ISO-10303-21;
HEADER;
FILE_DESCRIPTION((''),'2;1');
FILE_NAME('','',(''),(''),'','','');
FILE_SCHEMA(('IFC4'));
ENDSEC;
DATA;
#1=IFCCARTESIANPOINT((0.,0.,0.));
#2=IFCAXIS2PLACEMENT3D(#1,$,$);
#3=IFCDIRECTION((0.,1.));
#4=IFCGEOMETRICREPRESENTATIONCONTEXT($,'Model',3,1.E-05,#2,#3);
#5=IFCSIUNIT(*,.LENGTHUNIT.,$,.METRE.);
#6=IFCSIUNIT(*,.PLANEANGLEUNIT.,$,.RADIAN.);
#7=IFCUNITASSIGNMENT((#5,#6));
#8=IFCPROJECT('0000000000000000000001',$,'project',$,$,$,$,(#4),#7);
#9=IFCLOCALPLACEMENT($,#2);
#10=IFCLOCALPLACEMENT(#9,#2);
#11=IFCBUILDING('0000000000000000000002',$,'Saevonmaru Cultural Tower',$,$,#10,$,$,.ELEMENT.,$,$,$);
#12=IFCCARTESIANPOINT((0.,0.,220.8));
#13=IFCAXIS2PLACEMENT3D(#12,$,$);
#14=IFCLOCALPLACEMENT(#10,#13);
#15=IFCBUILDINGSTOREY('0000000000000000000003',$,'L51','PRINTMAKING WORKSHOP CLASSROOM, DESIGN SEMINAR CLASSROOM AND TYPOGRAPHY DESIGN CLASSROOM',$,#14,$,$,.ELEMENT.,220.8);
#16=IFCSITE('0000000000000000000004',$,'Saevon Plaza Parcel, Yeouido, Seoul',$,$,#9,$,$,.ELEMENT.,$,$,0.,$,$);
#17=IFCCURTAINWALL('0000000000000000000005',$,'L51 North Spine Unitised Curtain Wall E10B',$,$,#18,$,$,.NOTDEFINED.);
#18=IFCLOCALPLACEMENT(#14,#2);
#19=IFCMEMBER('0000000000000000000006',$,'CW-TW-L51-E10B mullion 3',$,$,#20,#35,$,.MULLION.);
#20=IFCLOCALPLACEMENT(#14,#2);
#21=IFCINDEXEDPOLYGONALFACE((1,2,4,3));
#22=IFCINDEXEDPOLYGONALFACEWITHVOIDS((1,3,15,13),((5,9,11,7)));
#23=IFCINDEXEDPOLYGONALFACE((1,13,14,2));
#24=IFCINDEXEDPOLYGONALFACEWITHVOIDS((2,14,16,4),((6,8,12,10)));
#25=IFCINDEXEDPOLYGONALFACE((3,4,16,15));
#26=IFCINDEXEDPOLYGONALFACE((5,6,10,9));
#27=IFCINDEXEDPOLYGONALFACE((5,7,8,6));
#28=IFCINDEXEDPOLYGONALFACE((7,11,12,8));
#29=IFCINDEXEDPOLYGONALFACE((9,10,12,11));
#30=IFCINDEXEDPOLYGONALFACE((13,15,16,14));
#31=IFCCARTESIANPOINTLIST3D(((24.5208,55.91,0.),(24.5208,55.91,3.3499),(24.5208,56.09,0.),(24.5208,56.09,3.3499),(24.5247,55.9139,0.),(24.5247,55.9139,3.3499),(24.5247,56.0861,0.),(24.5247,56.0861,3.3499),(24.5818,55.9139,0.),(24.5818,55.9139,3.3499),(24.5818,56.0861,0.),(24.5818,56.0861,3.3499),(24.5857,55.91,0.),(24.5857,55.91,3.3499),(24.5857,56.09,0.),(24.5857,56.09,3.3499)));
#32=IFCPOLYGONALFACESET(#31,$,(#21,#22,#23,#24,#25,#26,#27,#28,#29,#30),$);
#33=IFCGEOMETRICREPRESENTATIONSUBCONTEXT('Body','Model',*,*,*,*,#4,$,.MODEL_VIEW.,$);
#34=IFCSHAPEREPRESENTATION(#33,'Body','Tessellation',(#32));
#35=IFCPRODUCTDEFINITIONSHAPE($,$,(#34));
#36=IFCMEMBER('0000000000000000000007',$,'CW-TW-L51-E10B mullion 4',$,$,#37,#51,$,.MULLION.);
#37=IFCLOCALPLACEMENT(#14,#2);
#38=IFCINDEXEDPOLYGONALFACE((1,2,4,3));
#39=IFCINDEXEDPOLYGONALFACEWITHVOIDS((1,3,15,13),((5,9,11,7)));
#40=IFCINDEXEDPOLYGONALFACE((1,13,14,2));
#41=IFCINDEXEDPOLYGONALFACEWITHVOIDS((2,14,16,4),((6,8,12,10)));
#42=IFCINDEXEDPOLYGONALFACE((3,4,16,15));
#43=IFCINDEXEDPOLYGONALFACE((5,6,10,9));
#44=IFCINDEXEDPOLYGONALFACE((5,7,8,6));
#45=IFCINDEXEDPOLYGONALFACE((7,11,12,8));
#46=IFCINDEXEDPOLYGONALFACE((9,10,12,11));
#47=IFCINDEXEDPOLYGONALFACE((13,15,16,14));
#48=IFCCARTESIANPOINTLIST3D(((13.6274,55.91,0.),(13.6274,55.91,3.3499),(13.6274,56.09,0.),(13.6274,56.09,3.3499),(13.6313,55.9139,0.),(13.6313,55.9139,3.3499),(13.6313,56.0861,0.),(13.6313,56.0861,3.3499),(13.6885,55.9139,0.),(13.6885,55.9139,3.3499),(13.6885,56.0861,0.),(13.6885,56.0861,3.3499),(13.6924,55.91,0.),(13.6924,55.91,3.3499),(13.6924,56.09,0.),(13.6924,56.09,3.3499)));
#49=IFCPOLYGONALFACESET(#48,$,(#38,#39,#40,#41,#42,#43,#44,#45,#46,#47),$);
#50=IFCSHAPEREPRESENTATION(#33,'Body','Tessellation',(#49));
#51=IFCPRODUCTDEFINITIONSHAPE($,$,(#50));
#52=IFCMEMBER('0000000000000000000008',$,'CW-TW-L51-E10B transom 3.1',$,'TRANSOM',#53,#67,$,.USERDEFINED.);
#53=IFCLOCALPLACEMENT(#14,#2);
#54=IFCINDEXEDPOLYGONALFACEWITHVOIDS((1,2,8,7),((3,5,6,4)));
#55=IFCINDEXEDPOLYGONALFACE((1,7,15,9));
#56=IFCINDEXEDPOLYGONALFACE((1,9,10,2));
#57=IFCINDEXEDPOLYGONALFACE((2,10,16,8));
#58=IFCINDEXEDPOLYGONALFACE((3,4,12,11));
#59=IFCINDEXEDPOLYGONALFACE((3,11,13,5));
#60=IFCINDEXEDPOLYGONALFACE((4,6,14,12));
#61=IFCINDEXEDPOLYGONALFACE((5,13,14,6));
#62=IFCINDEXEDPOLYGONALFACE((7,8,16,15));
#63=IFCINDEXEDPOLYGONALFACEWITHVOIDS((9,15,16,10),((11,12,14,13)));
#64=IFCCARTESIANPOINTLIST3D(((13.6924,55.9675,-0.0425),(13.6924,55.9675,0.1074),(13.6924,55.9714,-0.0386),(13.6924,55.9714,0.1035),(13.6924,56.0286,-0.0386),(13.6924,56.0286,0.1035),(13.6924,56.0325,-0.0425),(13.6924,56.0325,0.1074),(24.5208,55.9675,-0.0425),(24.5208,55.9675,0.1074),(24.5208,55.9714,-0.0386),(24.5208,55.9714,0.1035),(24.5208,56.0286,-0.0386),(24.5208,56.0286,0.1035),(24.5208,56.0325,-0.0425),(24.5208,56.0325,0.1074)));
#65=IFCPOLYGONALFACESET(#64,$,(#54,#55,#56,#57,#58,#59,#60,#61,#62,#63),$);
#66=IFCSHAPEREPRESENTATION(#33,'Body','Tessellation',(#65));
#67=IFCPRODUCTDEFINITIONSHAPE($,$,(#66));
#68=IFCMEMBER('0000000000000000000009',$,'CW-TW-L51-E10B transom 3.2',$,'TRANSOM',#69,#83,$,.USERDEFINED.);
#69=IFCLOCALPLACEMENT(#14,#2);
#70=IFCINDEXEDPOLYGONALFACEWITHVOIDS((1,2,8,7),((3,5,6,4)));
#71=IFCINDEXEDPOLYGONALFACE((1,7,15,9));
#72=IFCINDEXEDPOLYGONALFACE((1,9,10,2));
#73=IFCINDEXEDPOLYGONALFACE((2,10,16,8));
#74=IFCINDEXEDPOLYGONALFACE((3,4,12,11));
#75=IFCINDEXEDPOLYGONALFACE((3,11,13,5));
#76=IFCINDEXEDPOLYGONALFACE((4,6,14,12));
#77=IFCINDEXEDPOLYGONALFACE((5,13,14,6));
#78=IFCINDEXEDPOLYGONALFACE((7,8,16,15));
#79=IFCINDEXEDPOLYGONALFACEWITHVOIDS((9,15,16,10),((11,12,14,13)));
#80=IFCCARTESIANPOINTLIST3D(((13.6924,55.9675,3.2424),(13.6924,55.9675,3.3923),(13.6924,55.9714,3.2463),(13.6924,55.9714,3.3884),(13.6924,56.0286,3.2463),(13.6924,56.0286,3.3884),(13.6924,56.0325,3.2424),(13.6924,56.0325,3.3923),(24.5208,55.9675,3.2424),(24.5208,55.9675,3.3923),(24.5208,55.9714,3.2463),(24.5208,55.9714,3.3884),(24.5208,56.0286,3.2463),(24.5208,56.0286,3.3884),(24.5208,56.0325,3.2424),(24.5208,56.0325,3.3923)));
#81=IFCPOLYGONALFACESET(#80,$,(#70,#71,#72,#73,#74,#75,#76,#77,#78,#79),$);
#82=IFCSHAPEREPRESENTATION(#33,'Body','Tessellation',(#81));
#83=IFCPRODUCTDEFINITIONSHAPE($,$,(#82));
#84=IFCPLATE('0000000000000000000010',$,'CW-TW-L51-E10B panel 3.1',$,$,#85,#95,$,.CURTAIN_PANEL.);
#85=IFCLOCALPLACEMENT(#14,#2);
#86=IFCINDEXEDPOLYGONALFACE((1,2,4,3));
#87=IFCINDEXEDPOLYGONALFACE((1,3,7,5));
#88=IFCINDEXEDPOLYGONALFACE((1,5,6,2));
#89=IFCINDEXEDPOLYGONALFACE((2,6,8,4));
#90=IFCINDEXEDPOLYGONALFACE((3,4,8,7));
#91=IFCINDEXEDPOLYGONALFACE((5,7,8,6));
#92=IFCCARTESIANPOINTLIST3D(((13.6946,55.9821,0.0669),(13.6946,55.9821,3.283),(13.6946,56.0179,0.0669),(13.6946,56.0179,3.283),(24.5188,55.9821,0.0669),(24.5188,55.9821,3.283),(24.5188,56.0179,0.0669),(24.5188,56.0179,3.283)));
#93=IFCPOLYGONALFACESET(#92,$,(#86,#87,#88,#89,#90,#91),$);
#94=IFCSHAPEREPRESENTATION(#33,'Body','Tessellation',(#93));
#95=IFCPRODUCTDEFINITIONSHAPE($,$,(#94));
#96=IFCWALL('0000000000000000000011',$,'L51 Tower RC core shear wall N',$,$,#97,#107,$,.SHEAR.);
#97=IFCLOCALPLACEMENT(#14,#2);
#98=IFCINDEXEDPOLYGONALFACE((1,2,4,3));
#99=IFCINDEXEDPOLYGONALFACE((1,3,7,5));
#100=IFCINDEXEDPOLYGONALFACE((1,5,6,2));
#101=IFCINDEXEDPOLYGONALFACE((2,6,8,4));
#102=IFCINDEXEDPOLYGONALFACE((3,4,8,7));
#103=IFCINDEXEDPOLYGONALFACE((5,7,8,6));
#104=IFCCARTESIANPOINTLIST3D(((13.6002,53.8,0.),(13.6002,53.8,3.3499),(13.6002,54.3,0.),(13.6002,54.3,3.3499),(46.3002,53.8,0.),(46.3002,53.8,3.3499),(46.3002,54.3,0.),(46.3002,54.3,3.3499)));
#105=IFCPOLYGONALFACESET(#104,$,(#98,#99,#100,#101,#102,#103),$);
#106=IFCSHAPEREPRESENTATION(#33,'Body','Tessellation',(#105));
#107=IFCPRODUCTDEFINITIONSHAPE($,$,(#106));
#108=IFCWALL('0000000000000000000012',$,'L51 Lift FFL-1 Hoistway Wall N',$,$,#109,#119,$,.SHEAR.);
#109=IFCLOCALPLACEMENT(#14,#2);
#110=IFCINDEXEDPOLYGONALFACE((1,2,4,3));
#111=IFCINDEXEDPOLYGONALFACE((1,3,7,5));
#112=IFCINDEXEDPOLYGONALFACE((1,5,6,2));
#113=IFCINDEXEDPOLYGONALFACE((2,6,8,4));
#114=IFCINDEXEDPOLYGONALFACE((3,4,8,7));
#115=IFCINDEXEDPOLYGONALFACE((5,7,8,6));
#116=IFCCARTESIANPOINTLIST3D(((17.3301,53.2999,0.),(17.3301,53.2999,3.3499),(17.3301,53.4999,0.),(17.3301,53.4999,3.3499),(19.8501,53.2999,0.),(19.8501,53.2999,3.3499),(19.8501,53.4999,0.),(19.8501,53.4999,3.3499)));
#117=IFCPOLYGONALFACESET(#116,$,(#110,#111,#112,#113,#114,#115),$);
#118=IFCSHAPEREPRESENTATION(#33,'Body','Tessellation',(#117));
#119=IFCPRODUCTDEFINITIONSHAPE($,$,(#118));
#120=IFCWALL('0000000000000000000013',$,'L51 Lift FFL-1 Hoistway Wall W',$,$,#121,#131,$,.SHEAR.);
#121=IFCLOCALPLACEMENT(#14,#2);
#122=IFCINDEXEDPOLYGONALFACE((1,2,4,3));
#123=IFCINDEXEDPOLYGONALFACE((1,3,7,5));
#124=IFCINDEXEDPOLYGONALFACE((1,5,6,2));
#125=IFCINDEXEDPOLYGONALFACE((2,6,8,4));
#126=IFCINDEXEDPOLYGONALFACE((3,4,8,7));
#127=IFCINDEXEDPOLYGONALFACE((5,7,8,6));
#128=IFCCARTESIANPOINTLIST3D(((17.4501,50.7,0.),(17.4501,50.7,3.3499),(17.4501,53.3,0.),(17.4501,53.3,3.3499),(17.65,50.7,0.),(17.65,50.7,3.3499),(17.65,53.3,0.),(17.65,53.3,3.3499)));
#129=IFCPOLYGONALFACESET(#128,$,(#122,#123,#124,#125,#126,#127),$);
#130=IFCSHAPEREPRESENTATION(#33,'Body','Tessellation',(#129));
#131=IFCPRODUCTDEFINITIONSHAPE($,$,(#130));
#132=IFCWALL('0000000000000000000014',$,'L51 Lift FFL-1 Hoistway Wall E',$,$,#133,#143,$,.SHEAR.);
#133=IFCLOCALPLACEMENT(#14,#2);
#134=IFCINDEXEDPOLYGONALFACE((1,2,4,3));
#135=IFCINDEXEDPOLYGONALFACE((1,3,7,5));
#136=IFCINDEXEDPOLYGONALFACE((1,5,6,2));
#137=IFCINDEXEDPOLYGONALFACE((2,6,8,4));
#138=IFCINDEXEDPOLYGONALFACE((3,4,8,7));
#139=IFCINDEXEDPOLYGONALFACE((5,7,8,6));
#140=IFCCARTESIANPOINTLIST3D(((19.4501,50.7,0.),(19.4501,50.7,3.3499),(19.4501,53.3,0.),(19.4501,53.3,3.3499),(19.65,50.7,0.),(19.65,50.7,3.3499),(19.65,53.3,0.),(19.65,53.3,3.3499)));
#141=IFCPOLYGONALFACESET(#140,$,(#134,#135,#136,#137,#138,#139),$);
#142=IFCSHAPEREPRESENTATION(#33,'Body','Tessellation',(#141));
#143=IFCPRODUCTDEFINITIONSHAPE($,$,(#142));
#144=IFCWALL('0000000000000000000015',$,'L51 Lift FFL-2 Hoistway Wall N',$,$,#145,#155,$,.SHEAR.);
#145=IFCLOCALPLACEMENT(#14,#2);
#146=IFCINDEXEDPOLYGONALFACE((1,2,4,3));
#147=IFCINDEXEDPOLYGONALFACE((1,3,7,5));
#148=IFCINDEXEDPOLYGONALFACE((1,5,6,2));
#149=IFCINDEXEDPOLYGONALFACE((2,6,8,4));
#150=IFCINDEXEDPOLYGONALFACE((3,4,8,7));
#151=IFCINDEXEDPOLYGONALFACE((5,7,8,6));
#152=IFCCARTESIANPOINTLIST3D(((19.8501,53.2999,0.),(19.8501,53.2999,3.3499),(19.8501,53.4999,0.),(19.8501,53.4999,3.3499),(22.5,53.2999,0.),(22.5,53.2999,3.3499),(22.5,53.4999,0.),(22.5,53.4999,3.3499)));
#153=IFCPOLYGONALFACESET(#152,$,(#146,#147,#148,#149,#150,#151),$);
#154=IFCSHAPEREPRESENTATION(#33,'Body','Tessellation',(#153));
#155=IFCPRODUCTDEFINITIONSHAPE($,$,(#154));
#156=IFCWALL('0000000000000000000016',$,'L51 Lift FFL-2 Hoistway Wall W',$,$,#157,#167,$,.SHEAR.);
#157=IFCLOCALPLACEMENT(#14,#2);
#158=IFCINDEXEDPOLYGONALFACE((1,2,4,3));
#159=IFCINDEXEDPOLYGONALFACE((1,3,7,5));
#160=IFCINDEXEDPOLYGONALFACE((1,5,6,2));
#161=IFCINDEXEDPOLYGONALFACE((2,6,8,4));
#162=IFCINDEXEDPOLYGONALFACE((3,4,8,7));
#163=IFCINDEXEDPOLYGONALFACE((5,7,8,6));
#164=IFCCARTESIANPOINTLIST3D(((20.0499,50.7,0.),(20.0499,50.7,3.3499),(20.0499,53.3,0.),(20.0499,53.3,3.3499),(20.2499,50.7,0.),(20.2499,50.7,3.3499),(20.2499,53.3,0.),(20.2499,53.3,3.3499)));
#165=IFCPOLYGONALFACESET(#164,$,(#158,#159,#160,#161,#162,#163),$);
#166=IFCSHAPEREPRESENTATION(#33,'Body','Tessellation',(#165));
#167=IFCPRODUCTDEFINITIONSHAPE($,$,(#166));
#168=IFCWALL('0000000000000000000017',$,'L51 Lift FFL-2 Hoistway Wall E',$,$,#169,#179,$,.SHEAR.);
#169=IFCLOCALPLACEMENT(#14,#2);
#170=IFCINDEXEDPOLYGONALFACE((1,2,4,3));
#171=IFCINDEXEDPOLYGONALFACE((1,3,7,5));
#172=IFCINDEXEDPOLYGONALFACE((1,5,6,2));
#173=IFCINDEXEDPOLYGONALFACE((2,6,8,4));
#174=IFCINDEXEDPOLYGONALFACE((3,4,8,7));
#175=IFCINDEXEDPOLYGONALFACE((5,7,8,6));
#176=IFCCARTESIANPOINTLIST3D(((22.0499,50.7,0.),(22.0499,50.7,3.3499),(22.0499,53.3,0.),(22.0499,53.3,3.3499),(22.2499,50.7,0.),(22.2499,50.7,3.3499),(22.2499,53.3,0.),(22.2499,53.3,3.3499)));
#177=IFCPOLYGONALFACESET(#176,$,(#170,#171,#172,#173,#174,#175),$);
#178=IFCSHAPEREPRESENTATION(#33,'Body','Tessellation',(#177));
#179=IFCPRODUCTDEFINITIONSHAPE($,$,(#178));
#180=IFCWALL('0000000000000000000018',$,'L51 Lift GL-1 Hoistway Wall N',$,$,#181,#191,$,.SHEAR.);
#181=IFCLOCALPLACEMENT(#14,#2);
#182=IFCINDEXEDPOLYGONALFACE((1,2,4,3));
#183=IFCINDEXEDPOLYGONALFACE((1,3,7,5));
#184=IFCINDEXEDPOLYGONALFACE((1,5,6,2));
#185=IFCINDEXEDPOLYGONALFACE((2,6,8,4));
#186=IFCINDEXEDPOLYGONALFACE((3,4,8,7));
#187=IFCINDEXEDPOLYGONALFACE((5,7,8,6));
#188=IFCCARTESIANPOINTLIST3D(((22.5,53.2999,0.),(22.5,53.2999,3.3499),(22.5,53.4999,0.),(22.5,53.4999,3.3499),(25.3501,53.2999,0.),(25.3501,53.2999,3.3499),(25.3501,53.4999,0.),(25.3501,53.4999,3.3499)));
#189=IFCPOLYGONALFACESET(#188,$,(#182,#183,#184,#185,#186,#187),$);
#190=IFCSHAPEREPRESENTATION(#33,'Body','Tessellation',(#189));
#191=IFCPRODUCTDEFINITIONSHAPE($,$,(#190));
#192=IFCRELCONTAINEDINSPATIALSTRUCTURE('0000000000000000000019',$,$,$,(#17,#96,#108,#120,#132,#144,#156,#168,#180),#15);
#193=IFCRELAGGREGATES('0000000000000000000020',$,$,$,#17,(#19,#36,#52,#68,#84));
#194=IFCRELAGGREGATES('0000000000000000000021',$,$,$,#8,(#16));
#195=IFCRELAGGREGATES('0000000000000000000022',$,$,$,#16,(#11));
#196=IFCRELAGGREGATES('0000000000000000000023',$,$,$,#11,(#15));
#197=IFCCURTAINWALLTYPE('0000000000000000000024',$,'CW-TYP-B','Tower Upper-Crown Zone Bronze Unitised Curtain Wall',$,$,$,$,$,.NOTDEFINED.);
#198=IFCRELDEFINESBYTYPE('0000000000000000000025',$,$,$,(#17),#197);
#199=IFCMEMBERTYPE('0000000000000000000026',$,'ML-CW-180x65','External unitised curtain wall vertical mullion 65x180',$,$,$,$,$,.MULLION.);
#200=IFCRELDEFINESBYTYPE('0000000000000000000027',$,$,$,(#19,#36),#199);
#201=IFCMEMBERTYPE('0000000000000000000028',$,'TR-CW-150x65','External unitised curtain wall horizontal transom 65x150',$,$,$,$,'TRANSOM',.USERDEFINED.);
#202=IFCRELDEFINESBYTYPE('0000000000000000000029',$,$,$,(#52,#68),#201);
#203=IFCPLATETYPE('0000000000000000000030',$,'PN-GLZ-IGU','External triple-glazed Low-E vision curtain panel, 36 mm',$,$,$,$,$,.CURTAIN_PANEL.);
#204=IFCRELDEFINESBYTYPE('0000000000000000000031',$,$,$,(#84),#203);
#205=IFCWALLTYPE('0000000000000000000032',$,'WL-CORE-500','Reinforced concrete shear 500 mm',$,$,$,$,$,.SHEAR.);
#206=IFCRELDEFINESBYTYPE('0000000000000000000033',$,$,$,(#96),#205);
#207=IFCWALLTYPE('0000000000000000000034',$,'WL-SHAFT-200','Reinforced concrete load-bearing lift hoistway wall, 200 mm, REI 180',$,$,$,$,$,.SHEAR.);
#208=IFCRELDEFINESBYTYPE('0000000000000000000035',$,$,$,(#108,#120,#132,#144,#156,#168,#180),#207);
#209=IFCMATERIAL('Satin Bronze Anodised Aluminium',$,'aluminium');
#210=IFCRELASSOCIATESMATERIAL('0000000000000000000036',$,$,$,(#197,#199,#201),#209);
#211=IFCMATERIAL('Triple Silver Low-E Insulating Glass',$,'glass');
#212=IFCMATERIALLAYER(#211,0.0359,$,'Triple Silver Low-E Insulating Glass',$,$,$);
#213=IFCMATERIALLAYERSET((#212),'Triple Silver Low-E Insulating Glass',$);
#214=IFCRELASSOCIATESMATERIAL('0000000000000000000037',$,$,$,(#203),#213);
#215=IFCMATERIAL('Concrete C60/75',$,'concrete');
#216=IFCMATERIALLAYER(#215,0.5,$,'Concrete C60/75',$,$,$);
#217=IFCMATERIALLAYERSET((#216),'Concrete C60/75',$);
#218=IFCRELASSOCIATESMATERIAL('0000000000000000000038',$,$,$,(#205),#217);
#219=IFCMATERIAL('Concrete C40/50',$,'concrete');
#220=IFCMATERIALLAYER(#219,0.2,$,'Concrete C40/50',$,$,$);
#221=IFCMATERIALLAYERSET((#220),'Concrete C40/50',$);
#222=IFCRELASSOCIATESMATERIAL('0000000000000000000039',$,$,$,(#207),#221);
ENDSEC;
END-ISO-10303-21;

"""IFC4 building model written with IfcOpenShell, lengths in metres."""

from ifc_helpers import new_model, si_unit, direction, frame, frame_2d, origin, origin_2d, place, context, subcontext, project, spatial, rectangle, hollow_rectangle, extrude, material, layer, layer_set, material_profile, profile_set, type_object, element, aggregate, save


model = new_model("IFC4")

# Units and contexts
model_context = context("Model", 3, precision=1e-05, world=origin(), true_north=direction((0.0, 1.0)))
body_context = subcontext(model_context, "Body", "Model", "MODEL_VIEW")
ifc_project = project(units=[si_unit("LENGTHUNIT", "METRE"), si_unit("PLANEANGLEUNIT", "RADIAN")], contexts=[model_context])

# Site, building, storey
site_placement = place(None, origin())
site = spatial("IfcSite", under=ifc_project, at=site_placement, Name="Saevon Plaza Parcel, Yeouido, Seoul", CompositionType="ELEMENT", RefElevation=0.0)
building_placement = place(site_placement, origin())
building = spatial("IfcBuilding", under=site, at=building_placement, Name="Saevonmaru Cultural Tower", CompositionType="ELEMENT")
storey_placement = place(building_placement, frame((0.0, 0.0, 220.8)))
storey = spatial("IfcBuildingStorey", under=building, at=storey_placement, Name="L51", Description="PRINTMAKING WORKSHOP CLASSROOM, DESIGN SEMINAR CLASSROOM AND TYPOGRAPHY DESIGN CLASSROOM", CompositionType="ELEMENT", Elevation=220.8)

# Curtain wall, members, plate
ifc_material_1 = material(Name="Satin Bronze Anodised Aluminium", Category="aluminium")
curtain_wall_type = type_object("IfcCurtainWallType", Name="CW-TYP-B", Description="Tower Upper-Crown Zone Bronze Unitised Curtain Wall", PredefinedType="NOTDEFINED", material=ifc_material_1)
curtain_wall_placement = place(storey_placement, origin())
curtain_wall = element("IfcCurtainWall", 1, at=curtain_wall_placement, inside=storey, type_object=curtain_wall_type, Name="L51 North Spine Unitised Curtain Wall E10B", PredefinedType="NOTDEFINED")
ifc_material_profile_1 = material_profile(ifc_material_1, hollow_rectangle(XDim=0.0649, YDim=0.1799, WallThickness=0.0039, at=origin_2d()), Name="ALU-MULL-180x65x4")
ifc_profile_set_1 = profile_set([ifc_material_profile_1], Name="Satin Bronze Anodised Aluminium")
member_type_1 = type_object("IfcMemberType", Name="ML-CW-180x65", Description="External unitised curtain wall vertical mullion 65x180", PredefinedType="MULLION", material=ifc_profile_set_1)
member_1_placement = place(storey_placement, frame((24.5532, 56.0, 0.0), z_axis=(0.0, 0.0, 1.0), x_axis=(-1.0, 0.0, 0.0)))
member_1 = element("IfcMember", 2, at=member_1_placement, type_object=member_type_1, Name="CW-TW-L51-E10B mullion 3", PredefinedType="MULLION", context=body_context, shape_type="SweptSolid", body=[
    extrude(hollow_rectangle(XDim=0.0649, YDim=0.1799, WallThickness=0.0039, at=origin_2d()), origin(), (0.0, 0.0, 1.0), 3.3499),
])
member_2_placement = place(storey_placement, frame((13.6599, 56.0, 0.0), z_axis=(0.0, 0.0, 1.0), x_axis=(-1.0, 0.0, 0.0)))
member_2 = element("IfcMember", 3, at=member_2_placement, type_object=member_type_1, Name="CW-TW-L51-E10B mullion 4", PredefinedType="MULLION", context=body_context, shape_type="SweptSolid", body=[
    extrude(hollow_rectangle(XDim=0.0649, YDim=0.1799, WallThickness=0.0039, at=origin_2d()), origin(), (0.0, 0.0, 1.0), 3.3499),
])
ifc_material_profile_2 = material_profile(ifc_material_1, hollow_rectangle(XDim=0.0649, YDim=0.1499, WallThickness=0.0039, at=origin_2d()), Name="ALU-TRAN-150x65x4")
ifc_profile_set_2 = profile_set([ifc_material_profile_2], Name="Satin Bronze Anodised Aluminium")
member_type_2 = type_object("IfcMemberType", Name="TR-CW-150x65", Description="External unitised curtain wall horizontal transom 65x150", ElementType="TRANSOM", PredefinedType="USERDEFINED", material=ifc_profile_set_2)
member_3_placement = place(storey_placement, frame((24.5208, 56.0, 0.0325), z_axis=(-1.0, 0.0, 0.0), x_axis=(0.0, -1.0, 0.0)))
member_3 = element("IfcMember", 4, at=member_3_placement, type_object=member_type_2, Name="CW-TW-L51-E10B transom 3.1", ObjectType="TRANSOM", PredefinedType="USERDEFINED", context=body_context, shape_type="SweptSolid", body=[
    extrude(hollow_rectangle(XDim=0.0649, YDim=0.1499, WallThickness=0.0039, at=origin_2d()), origin(), (0.0, 0.0, 1.0), 10.8284),
])
member_4_placement = place(storey_placement, frame((24.5208, 56.0, 3.3174), z_axis=(-1.0, 0.0, 0.0), x_axis=(0.0, -1.0, 0.0)))
member_4 = element("IfcMember", 5, at=member_4_placement, type_object=member_type_2, Name="CW-TW-L51-E10B transom 3.2", ObjectType="TRANSOM", PredefinedType="USERDEFINED", context=body_context, shape_type="SweptSolid", body=[
    extrude(hollow_rectangle(XDim=0.0649, YDim=0.1499, WallThickness=0.0039, at=origin_2d()), origin(), (0.0, 0.0, 1.0), 10.8284),
])
ifc_material_2 = material(Name="Triple Silver Low-E Insulating Glass", Category="glass")
ifc_layer_1 = layer(ifc_material_2, 0.0359, Name="Triple Silver Low-E Insulating Glass")
ifc_layer_set_1 = layer_set([ifc_layer_1], Name="Triple Silver Low-E Insulating Glass")
plate_type = type_object("IfcPlateType", Name="PN-GLZ-IGU", Description="External triple-glazed Low-E vision curtain panel, 36 mm", PredefinedType="CURTAIN_PANEL", material=ifc_layer_set_1)
plate_placement = place(storey_placement, frame((19.1067, 56.0, 0.0669), z_axis=(0.0, 0.0, 1.0), x_axis=(-1.0, 0.0, 0.0)))
plate = element("IfcPlate", 6, at=plate_placement, type_object=plate_type, Name="CW-TW-L51-E10B panel 3.1", PredefinedType="CURTAIN_PANEL", context=body_context, shape_type="SweptSolid", body=[
    extrude(rectangle(XDim=10.8242, YDim=0.0359, at=origin_2d()), origin(), (0.0, 0.0, 1.0), 3.2161),
])
aggregate(curtain_wall, [member_1, member_2, member_3, member_4, plate])

# Walls
ifc_material_3 = material(Name="Concrete C60/75", Category="concrete")
ifc_layer_2 = layer(ifc_material_3, 0.5, Name="Concrete C60/75")
ifc_layer_set_2 = layer_set([ifc_layer_2], Name="Concrete C60/75")
wall_type_1 = type_object("IfcWallType", Name="WL-CORE-500", Description="Reinforced concrete shear 500 mm", PredefinedType="SHEAR", material=ifc_layer_set_2)
wall_1_placement = place(storey_placement, frame((13.6001, 54.05, 0.0), z_axis=(0.0, 0.0, 1.0), x_axis=(1.0, 0.0, 0.0)))
element("IfcWall", 7, at=wall_1_placement, inside=storey, type_object=wall_type_1, Name="L51 Tower RC core shear wall N", PredefinedType="SHEAR", context=body_context, shape_type="SweptSolid", body=[
    extrude(rectangle(XDim=32.7, YDim=0.5, at=frame_2d((16.3501, 0.0))), origin(), (0.0, 0.0, 1.0), 3.3499),
])
ifc_material_4 = material(Name="Concrete C40/50", Category="concrete")
ifc_layer_3 = layer(ifc_material_4, 0.2, Name="Concrete C40/50")
ifc_layer_set_3 = layer_set([ifc_layer_3], Name="Concrete C40/50")
wall_type_2 = type_object("IfcWallType", Name="WL-SHAFT-200", Description="Reinforced concrete load-bearing lift hoistway wall, 200 mm, REI 180", PredefinedType="SHEAR", material=ifc_layer_set_3)
wall_2_placement = place(storey_placement, frame((17.3301, 53.3999, 0.0), z_axis=(0.0, 0.0, 1.0), x_axis=(1.0, 0.0, 0.0)))
element("IfcWall", 8, at=wall_2_placement, inside=storey, type_object=wall_type_2, Name="L51 Lift FFL-1 Hoistway Wall N", PredefinedType="SHEAR", context=body_context, shape_type="SweptSolid", body=[
    extrude(rectangle(XDim=2.52, YDim=0.2, at=frame_2d((1.26, 0.0))), origin(), (0.0, 0.0, 1.0), 3.3499),
])
for number, where, z_axis, x_axis, name in (
    (9, (17.55, 50.7, 0.0), (0.0, 0.0, 1.0), (0.0, 1.0, 0.0), "L51 Lift FFL-1 Hoistway Wall W"),
    (10, (19.55, 50.7, 0.0), (0.0, 0.0, 1.0), (0.0, 1.0, 0.0), "L51 Lift FFL-1 Hoistway Wall E"),
):
    element("IfcWall", number, at=place(storey_placement, frame(where, z_axis=z_axis, x_axis=x_axis)), inside=storey, type_object=wall_type_2, Name=name, PredefinedType="SHEAR", context=body_context, shape_type="SweptSolid", body=[
        extrude(rectangle(XDim=2.6001, YDim=0.2, at=frame_2d((1.3, 0.0))), origin(), (0.0, 0.0, 1.0), 3.3499),
    ])
wall_3_placement = place(storey_placement, frame((19.8501, 53.3999, 0.0), z_axis=(0.0, 0.0, 1.0), x_axis=(1.0, 0.0, 0.0)))
element("IfcWall", 11, at=wall_3_placement, inside=storey, type_object=wall_type_2, Name="L51 Lift FFL-2 Hoistway Wall N", PredefinedType="SHEAR", context=body_context, shape_type="SweptSolid", body=[
    extrude(rectangle(XDim=2.6499, YDim=0.2, at=frame_2d((1.325, 0.0))), origin(), (0.0, 0.0, 1.0), 3.3499),
])
for number, where, z_axis, x_axis, name in (
    (12, (20.1499, 50.7, 0.0), (0.0, 0.0, 1.0), (0.0, 1.0, 0.0), "L51 Lift FFL-2 Hoistway Wall W"),
    (13, (22.1499, 50.7, 0.0), (0.0, 0.0, 1.0), (0.0, 1.0, 0.0), "L51 Lift FFL-2 Hoistway Wall E"),
):
    element("IfcWall", number, at=place(storey_placement, frame(where, z_axis=z_axis, x_axis=x_axis)), inside=storey, type_object=wall_type_2, Name=name, PredefinedType="SHEAR", context=body_context, shape_type="SweptSolid", body=[
        extrude(rectangle(XDim=2.6001, YDim=0.2, at=frame_2d((1.3, 0.0))), origin(), (0.0, 0.0, 1.0), 3.3499),
    ])
wall_4_placement = place(storey_placement, frame((22.5, 53.3999, 0.0), z_axis=(0.0, 0.0, 1.0), x_axis=(1.0, 0.0, 0.0)))
element("IfcWall", 14, at=wall_4_placement, inside=storey, type_object=wall_type_2, Name="L51 Lift GL-1 Hoistway Wall N", PredefinedType="SHEAR", context=body_context, shape_type="SweptSolid", body=[
    extrude(rectangle(XDim=2.8501, YDim=0.2, at=frame_2d((1.425, 0.0))), origin(), (0.0, 0.0, 1.0), 3.3499),
])

save(model, "model.ifc")
